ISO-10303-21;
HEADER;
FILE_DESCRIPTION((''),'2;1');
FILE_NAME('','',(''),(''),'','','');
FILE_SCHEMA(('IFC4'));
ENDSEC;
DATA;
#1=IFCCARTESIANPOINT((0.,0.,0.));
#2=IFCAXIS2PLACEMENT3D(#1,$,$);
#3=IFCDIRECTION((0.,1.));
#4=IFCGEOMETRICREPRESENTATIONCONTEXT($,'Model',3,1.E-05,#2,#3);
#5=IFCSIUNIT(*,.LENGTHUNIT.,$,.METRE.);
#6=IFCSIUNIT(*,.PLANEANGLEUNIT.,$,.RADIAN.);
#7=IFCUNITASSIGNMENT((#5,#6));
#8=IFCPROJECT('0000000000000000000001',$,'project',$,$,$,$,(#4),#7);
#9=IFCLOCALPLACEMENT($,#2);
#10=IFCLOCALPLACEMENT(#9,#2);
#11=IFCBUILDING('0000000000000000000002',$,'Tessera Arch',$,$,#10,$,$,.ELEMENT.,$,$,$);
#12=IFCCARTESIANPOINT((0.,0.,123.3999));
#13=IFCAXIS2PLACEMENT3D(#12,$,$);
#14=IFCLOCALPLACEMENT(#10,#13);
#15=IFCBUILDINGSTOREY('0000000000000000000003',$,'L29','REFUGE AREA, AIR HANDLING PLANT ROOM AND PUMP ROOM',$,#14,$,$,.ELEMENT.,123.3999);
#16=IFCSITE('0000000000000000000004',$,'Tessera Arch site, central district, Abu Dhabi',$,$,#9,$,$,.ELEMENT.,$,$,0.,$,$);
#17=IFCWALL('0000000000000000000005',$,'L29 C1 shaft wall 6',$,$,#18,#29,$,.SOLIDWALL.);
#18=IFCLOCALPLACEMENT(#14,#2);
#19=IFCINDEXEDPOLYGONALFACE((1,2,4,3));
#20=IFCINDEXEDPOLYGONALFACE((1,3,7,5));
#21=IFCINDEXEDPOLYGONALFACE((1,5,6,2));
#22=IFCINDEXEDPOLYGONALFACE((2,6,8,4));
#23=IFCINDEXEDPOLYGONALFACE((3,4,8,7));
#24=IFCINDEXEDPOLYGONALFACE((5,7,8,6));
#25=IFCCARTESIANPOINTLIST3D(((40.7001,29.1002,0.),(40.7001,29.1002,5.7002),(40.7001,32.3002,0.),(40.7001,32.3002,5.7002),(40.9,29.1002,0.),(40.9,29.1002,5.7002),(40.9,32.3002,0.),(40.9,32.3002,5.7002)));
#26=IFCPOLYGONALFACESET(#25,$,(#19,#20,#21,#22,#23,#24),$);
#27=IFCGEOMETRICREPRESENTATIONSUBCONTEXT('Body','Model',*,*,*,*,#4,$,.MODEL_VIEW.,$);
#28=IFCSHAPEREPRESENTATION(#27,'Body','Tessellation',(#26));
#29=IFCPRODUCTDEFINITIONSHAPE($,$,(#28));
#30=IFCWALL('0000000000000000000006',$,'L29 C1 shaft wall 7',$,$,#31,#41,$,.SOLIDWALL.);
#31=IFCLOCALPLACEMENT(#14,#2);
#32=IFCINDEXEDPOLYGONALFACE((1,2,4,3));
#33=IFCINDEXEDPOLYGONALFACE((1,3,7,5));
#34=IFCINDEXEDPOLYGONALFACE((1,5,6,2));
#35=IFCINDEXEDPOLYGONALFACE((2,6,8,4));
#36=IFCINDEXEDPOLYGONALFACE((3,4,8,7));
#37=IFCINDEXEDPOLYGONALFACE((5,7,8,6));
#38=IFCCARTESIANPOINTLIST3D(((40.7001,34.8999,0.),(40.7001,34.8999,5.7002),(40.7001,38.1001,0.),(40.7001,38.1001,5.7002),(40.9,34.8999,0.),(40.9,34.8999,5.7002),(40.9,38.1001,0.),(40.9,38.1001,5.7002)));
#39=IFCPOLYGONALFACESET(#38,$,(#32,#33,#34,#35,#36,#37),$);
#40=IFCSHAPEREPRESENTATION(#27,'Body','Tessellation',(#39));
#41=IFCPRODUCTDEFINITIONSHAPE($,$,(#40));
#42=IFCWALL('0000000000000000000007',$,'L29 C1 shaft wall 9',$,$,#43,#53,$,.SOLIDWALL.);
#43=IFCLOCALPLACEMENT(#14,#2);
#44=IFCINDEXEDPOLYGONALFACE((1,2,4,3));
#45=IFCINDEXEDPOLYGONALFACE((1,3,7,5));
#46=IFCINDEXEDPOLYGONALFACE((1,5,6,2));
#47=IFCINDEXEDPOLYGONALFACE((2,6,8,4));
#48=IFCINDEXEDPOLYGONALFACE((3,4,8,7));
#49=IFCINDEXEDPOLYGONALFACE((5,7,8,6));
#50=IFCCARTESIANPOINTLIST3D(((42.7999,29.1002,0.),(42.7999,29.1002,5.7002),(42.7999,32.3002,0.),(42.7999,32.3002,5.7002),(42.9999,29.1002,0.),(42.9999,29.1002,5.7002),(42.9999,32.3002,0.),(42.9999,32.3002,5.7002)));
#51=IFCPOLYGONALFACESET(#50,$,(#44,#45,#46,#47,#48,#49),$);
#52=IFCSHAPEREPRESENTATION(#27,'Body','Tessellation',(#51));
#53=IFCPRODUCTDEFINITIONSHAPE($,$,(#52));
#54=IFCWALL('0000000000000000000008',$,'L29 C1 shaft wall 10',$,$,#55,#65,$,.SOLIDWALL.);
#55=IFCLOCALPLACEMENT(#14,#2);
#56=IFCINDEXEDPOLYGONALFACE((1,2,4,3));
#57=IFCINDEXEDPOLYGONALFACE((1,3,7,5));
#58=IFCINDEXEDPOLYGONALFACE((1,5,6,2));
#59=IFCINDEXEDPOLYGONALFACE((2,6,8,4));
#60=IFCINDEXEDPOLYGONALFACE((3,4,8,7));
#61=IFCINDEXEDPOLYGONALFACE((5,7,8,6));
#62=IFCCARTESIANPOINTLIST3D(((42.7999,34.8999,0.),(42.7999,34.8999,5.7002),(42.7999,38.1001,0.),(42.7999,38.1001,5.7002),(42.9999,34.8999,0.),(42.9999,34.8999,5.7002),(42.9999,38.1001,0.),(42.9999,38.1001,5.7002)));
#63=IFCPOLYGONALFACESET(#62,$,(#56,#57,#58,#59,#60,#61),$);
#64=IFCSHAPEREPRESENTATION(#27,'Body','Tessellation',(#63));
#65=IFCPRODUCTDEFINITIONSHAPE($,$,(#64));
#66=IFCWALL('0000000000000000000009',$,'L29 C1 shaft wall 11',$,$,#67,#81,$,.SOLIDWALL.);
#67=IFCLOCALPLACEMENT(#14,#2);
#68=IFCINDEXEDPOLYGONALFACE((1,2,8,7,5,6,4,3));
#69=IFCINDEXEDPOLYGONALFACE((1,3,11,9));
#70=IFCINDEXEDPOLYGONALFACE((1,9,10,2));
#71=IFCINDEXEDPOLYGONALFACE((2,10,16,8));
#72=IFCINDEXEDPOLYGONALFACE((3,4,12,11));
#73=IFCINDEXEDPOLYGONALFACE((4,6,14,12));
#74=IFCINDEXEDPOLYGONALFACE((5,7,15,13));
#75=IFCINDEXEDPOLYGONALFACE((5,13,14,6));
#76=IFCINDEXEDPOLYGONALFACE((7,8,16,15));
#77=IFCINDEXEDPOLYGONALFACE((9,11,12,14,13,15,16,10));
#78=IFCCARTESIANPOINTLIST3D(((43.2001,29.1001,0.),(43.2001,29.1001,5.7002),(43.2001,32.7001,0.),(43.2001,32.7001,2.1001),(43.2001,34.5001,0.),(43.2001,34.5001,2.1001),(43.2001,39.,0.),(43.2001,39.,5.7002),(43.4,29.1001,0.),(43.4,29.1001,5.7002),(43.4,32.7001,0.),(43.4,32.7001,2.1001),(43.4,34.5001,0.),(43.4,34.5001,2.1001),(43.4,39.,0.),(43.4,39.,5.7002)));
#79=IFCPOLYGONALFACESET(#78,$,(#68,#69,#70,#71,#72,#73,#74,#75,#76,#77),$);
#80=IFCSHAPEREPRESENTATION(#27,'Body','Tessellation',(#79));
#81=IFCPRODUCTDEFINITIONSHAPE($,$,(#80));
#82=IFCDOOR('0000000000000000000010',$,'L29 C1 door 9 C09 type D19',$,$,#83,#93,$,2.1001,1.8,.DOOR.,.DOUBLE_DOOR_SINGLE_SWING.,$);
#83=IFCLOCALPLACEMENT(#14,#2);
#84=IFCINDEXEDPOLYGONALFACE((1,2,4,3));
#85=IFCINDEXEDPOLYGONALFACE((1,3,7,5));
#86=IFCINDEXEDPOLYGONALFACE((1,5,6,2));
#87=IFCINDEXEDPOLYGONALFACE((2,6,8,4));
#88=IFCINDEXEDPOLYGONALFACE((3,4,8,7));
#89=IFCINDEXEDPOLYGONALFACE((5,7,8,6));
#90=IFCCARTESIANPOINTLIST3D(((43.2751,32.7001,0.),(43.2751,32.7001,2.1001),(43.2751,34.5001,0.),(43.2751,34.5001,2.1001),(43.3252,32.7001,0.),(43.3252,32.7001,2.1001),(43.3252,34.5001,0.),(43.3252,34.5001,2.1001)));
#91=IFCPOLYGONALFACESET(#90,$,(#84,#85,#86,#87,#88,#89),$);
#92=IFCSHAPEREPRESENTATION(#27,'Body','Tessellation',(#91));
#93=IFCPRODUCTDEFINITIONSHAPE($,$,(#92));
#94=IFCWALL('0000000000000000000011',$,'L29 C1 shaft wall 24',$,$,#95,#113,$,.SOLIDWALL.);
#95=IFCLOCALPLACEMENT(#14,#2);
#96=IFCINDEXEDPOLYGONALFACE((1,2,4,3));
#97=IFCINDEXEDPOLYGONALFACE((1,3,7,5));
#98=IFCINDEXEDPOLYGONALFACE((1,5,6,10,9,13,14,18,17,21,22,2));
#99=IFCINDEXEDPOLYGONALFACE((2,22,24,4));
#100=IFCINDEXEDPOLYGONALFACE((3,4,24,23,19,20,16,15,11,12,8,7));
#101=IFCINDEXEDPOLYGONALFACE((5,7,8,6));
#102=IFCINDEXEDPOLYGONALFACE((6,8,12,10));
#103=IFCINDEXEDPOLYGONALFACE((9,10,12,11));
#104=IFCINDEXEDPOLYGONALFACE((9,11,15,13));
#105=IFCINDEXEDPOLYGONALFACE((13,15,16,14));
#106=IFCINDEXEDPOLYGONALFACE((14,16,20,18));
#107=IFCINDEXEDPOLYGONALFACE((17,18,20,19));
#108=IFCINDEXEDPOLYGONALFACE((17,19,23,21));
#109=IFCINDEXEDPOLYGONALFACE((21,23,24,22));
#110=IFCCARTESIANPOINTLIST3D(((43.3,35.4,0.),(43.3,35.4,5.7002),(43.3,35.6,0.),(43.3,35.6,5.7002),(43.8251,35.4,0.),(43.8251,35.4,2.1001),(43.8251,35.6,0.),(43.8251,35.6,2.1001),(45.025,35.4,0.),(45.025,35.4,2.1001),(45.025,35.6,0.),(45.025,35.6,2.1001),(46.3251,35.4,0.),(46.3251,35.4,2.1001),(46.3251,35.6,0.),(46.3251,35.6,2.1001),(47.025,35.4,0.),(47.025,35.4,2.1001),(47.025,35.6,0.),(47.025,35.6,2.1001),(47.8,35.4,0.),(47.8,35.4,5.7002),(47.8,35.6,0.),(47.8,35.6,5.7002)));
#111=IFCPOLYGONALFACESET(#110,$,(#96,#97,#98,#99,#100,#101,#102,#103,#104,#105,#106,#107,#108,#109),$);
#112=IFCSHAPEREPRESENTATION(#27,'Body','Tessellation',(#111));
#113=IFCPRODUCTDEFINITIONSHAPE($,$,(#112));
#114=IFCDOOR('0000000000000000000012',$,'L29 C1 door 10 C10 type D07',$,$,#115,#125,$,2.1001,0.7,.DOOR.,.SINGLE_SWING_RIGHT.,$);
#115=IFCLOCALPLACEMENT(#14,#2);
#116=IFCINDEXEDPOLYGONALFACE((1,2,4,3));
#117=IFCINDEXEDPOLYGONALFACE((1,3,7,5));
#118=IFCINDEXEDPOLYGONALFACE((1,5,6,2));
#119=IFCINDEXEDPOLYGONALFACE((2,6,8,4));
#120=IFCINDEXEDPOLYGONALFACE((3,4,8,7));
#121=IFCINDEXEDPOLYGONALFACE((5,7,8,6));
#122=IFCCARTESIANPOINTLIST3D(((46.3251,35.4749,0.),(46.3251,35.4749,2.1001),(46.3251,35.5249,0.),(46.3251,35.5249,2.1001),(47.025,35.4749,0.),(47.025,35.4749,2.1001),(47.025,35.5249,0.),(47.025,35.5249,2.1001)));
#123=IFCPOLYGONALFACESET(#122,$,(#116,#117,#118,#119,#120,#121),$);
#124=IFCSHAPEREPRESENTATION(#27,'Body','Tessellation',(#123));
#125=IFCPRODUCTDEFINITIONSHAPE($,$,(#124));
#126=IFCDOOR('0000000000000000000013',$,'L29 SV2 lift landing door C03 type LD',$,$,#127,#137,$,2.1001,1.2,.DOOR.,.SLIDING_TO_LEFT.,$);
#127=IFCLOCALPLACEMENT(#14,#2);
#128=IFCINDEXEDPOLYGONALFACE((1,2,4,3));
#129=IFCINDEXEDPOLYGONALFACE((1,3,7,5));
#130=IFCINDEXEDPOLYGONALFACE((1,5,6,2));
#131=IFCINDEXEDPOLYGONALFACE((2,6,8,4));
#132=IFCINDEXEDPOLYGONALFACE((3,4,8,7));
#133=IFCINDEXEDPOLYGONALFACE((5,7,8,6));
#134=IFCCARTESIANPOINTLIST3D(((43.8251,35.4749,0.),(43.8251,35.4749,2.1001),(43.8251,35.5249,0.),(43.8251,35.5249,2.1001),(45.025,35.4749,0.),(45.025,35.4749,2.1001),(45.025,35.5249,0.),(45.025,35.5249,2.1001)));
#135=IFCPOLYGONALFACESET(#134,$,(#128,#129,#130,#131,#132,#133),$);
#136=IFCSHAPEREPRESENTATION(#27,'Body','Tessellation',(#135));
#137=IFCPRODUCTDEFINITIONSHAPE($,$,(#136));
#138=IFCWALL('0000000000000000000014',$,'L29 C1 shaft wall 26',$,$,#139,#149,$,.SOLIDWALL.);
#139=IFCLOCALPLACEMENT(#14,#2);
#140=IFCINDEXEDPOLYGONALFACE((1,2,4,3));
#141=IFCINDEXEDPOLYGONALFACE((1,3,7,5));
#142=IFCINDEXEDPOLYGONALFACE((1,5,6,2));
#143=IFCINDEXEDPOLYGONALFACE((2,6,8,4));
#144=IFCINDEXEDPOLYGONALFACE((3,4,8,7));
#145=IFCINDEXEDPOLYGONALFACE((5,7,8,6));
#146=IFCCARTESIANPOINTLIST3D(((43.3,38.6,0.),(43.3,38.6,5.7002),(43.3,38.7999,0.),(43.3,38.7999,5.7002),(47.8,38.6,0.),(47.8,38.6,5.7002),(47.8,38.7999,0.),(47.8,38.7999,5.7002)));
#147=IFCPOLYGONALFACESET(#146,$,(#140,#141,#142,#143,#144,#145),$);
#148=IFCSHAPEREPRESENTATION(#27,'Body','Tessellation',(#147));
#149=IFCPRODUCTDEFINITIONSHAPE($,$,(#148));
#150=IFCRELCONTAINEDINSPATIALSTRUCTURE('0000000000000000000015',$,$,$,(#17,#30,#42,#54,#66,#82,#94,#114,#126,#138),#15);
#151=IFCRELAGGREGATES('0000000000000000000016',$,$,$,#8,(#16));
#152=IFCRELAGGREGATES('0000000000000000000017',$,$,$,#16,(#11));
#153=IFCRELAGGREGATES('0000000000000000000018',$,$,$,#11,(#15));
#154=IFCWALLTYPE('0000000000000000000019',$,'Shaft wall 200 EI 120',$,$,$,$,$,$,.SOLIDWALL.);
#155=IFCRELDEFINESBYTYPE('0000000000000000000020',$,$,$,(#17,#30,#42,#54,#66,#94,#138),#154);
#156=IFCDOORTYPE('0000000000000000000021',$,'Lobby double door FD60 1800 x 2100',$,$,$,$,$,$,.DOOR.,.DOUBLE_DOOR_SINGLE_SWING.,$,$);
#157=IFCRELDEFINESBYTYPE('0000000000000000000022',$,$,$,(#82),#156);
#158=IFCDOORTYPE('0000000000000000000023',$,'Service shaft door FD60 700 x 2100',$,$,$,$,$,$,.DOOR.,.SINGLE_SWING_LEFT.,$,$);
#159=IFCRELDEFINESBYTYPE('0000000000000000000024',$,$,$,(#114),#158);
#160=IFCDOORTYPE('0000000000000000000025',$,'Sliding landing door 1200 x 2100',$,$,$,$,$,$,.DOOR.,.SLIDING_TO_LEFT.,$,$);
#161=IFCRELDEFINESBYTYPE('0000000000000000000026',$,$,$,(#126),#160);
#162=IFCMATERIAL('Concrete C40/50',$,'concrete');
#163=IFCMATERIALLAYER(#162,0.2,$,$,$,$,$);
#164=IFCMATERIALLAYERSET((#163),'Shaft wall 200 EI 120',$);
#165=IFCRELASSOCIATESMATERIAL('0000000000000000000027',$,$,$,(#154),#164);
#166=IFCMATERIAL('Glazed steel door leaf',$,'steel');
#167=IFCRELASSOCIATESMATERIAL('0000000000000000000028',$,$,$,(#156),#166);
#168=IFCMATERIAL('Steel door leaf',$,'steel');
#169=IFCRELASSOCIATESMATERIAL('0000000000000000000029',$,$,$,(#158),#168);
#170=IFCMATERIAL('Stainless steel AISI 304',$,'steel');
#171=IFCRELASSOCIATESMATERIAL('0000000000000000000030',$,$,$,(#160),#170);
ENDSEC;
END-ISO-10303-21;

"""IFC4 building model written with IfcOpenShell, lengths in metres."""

from ifc_helpers import new_model, si_unit, direction, frame, frame_2d, origin, place, context, subcontext, project, spatial, rectangle, extrude, material, layer, layer_set, type_object, element, fill, save


model = new_model("IFC4")

# Units and contexts
model_context = context("Model", 3, precision=1e-05, world=origin(), true_north=direction((0.0, 1.0)))
body_context = subcontext(model_context, "Body", "Model", "MODEL_VIEW")
ifc_project = project(units=[si_unit("LENGTHUNIT", "METRE"), si_unit("PLANEANGLEUNIT", "RADIAN")], contexts=[model_context])

# Site, building, storey
site_placement = place(None, origin())
site = spatial("IfcSite", under=ifc_project, at=site_placement, Name="Tessera Arch site, central district, Abu Dhabi", CompositionType="ELEMENT", RefElevation=0.0)
building_placement = place(site_placement, origin())
building = spatial("IfcBuilding", under=site, at=building_placement, Name="Tessera Arch", CompositionType="ELEMENT")
storey_placement = place(building_placement, frame((0.0, 0.0, 123.3999)))
storey = spatial("IfcBuildingStorey", under=building, at=storey_placement, Name="L29", Description="REFUGE AREA, AIR HANDLING PLANT ROOM AND PUMP ROOM", CompositionType="ELEMENT", Elevation=123.3999)

# Walls
ifc_material_1 = material(Name="Concrete C40/50", Category="concrete")
ifc_layer_1 = layer(ifc_material_1, 0.2)
ifc_layer_set_1 = layer_set([ifc_layer_1], Name="Shaft wall 200 EI 120")
wall_type_1 = type_object("IfcWallType", Name="Shaft wall 200 EI 120", PredefinedType="SOLIDWALL", material=ifc_layer_set_1)
wall_1_placement = place(storey_placement, frame((40.8, 29.1001, 0.0), z_axis=(0.0, 0.0, 1.0), x_axis=(0.0, 1.0, 0.0)))
element("IfcWall", 1, at=wall_1_placement, inside=storey, type_object=wall_type_1, Name="L29 C1 shaft wall 6", PredefinedType="SOLIDWALL", context=body_context, shape_type="SweptSolid", body=[
    extrude(rectangle(XDim=3.2, YDim=0.2, at=frame_2d((1.6001, 0.0))), origin(), (0.0, 0.0, 1.0), 5.7002),
])
wall_2_placement = place(storey_placement, frame((40.8, 34.8999, 0.0), z_axis=(0.0, 0.0, 1.0), x_axis=(0.0, 1.0, 0.0)))
element("IfcWall", 2, at=wall_2_placement, inside=storey, type_object=wall_type_1, Name="L29 C1 shaft wall 7", PredefinedType="SOLIDWALL", context=body_context, shape_type="SweptSolid", body=[
    extrude(rectangle(XDim=3.2002, YDim=0.2, at=frame_2d((1.6001, 0.0))), origin(), (0.0, 0.0, 1.0), 5.7002),
])
wall_3_placement = place(storey_placement, frame((42.8999, 29.1001, 0.0), z_axis=(0.0, 0.0, 1.0), x_axis=(0.0, 1.0, 0.0)))
element("IfcWall", 3, at=wall_3_placement, inside=storey, type_object=wall_type_1, Name="L29 C1 shaft wall 9", PredefinedType="SOLIDWALL", context=body_context, shape_type="SweptSolid", body=[
    extrude(rectangle(XDim=3.2, YDim=0.2, at=frame_2d((1.6001, 0.0))), origin(), (0.0, 0.0, 1.0), 5.7002),
])
wall_4_placement = place(storey_placement, frame((42.8999, 34.8999, 0.0), z_axis=(0.0, 0.0, 1.0), x_axis=(0.0, 1.0, 0.0)))
element("IfcWall", 4, at=wall_4_placement, inside=storey, type_object=wall_type_1, Name="L29 C1 shaft wall 10", PredefinedType="SOLIDWALL", context=body_context, shape_type="SweptSolid", body=[
    extrude(rectangle(XDim=3.2002, YDim=0.2, at=frame_2d((1.6001, 0.0))), origin(), (0.0, 0.0, 1.0), 5.7002),
])

# Wall, opening, door
wall_5_placement = place(storey_placement, frame((43.3, 29.1001, 0.0), z_axis=(0.0, 0.0, 1.0), x_axis=(0.0, 1.0, 0.0)))
wall_5 = element("IfcWall", 5, at=wall_5_placement, inside=storey, type_object=wall_type_1, Name="L29 C1 shaft wall 11", PredefinedType="SOLIDWALL", context=body_context, shape_type="SweptSolid", body=[
    extrude(rectangle(XDim=9.8999, YDim=0.2, at=frame_2d((4.95, 0.0))), origin(), (0.0, 0.0, 1.0), 5.7002),
])
opening_1_placement = place(wall_5_placement, frame((3.6001, 0.0, 0.0)))
opening_1 = element("IfcOpeningElement", 6, at=opening_1_placement, cuts=wall_5, PredefinedType="OPENING", context=body_context, shape_type="SweptSolid", body=[
    extrude(rectangle(XDim=1.8, YDim=2.1001, at=frame_2d((0.8999, 1.05))), frame((0.0, 0.1099, 0.0), z_axis=(0.0, -1.0, 0.0), x_axis=(1.0, 0.0, 0.0)), (0.0, 0.0, 1.0), 0.22),
])
ifc_material_2 = material(Name="Glazed steel door leaf", Category="steel")
door_type_1 = type_object("IfcDoorType", Name="Lobby double door FD60 1800 x 2100", OperationType="DOUBLE_DOOR_SINGLE_SWING", PredefinedType="DOOR", material=ifc_material_2)
door_1_placement = place(opening_1_placement, origin())
door_1 = element("IfcDoor", 7, at=door_1_placement, inside=storey, type_object=door_type_1, Name="L29 C1 door 9 C09 type D19", OperationType="DOUBLE_DOOR_SINGLE_SWING", OverallHeight=2.1001, OverallWidth=1.8, PredefinedType="DOOR", context=body_context, shape_type="SweptSolid", body=[
    extrude(rectangle(XDim=1.8, YDim=2.1001, at=frame_2d((0.8999, 1.05))), frame((0.0, 0.0249, 0.0), z_axis=(0.0, -1.0, 0.0), x_axis=(1.0, 0.0, 0.0)), (0.0, 0.0, 1.0), 0.05),
])
fill(opening_1, door_1)

# Wall, openings, doors
wall_6_placement = place(storey_placement, frame((43.3, 35.5, 0.0), z_axis=(0.0, 0.0, 1.0), x_axis=(1.0, 0.0, 0.0)))
wall_6 = element("IfcWall", 8, at=wall_6_placement, inside=storey, type_object=wall_type_1, Name="L29 C1 shaft wall 24", PredefinedType="SOLIDWALL", context=body_context, shape_type="SweptSolid", body=[
    extrude(rectangle(XDim=4.5, YDim=0.2, at=frame_2d((2.25, 0.0))), origin(), (0.0, 0.0, 1.0), 5.7002),
])
opening_2_placement = place(wall_6_placement, frame((0.5249, 0.0, 0.0)))
opening_2 = element("IfcOpeningElement", 9, at=opening_2_placement, cuts=wall_6, PredefinedType="OPENING", context=body_context, shape_type="SweptSolid", body=[
    extrude(rectangle(XDim=1.2, YDim=2.1001, at=frame_2d((0.6001, 1.05))), frame((0.0, 0.1099, 0.0), z_axis=(0.0, -1.0, 0.0), x_axis=(1.0, 0.0, 0.0)), (0.0, 0.0, 1.0), 0.22),
])
opening_3_placement = place(wall_6_placement, frame((3.0249, 0.0, 0.0)))
opening_3 = element("IfcOpeningElement", 10, at=opening_3_placement, cuts=wall_6, PredefinedType="OPENING", context=body_context, shape_type="SweptSolid", body=[
    extrude(rectangle(XDim=0.7, YDim=2.1001, at=frame_2d((0.3501, 1.05))), frame((0.0, 0.1099, 0.0), z_axis=(0.0, -1.0, 0.0), x_axis=(1.0, 0.0, 0.0)), (0.0, 0.0, 1.0), 0.22),
])
ifc_material_3 = material(Name="Steel door leaf", Category="steel")
door_type_2 = type_object("IfcDoorType", Name="Service shaft door FD60 700 x 2100", OperationType="SINGLE_SWING_LEFT", PredefinedType="DOOR", material=ifc_material_3)
door_2_placement = place(opening_3_placement, origin())
door_2 = element("IfcDoor", 11, at=door_2_placement, inside=storey, type_object=door_type_2, Name="L29 C1 door 10 C10 type D07", OperationType="SINGLE_SWING_RIGHT", OverallHeight=2.1001, OverallWidth=0.7, PredefinedType="DOOR", context=body_context, shape_type="SweptSolid", body=[
    extrude(rectangle(XDim=0.7, YDim=2.1001, at=frame_2d((0.3501, 1.05))), frame((0.0, 0.0249, 0.0), z_axis=(0.0, -1.0, 0.0), x_axis=(1.0, 0.0, 0.0)), (0.0, 0.0, 1.0), 0.05),
])
fill(opening_3, door_2)
ifc_material_4 = material(Name="Stainless steel AISI 304", Category="steel")
door_type_3 = type_object("IfcDoorType", Name="Sliding landing door 1200 x 2100", OperationType="SLIDING_TO_LEFT", PredefinedType="DOOR", material=ifc_material_4)
door_3_placement = place(opening_2_placement, origin())
door_3 = element("IfcDoor", 12, at=door_3_placement, inside=storey, type_object=door_type_3, Name="L29 SV2 lift landing door C03 type LD", OperationType="SLIDING_TO_LEFT", OverallHeight=2.1001, OverallWidth=1.2, PredefinedType="DOOR", context=body_context, shape_type="SweptSolid", body=[
    extrude(rectangle(XDim=1.2, YDim=2.1001, at=frame_2d((0.6001, 1.05))), frame((0.0, 0.0249, 0.0), z_axis=(0.0, -1.0, 0.0), x_axis=(1.0, 0.0, 0.0)), (0.0, 0.0, 1.0), 0.05),
])
fill(opening_2, door_3)

# Wall
wall_7_placement = place(storey_placement, frame((43.3, 38.7, 0.0), z_axis=(0.0, 0.0, 1.0), x_axis=(1.0, 0.0, 0.0)))
element("IfcWall", 13, at=wall_7_placement, inside=storey, type_object=wall_type_1, Name="L29 C1 shaft wall 26", PredefinedType="SOLIDWALL", context=body_context, shape_type="SweptSolid", body=[
    extrude(rectangle(XDim=4.5, YDim=0.2, at=frame_2d((2.25, 0.0))), origin(), (0.0, 0.0, 1.0), 5.7002),
])

save(model, "model.ifc")
